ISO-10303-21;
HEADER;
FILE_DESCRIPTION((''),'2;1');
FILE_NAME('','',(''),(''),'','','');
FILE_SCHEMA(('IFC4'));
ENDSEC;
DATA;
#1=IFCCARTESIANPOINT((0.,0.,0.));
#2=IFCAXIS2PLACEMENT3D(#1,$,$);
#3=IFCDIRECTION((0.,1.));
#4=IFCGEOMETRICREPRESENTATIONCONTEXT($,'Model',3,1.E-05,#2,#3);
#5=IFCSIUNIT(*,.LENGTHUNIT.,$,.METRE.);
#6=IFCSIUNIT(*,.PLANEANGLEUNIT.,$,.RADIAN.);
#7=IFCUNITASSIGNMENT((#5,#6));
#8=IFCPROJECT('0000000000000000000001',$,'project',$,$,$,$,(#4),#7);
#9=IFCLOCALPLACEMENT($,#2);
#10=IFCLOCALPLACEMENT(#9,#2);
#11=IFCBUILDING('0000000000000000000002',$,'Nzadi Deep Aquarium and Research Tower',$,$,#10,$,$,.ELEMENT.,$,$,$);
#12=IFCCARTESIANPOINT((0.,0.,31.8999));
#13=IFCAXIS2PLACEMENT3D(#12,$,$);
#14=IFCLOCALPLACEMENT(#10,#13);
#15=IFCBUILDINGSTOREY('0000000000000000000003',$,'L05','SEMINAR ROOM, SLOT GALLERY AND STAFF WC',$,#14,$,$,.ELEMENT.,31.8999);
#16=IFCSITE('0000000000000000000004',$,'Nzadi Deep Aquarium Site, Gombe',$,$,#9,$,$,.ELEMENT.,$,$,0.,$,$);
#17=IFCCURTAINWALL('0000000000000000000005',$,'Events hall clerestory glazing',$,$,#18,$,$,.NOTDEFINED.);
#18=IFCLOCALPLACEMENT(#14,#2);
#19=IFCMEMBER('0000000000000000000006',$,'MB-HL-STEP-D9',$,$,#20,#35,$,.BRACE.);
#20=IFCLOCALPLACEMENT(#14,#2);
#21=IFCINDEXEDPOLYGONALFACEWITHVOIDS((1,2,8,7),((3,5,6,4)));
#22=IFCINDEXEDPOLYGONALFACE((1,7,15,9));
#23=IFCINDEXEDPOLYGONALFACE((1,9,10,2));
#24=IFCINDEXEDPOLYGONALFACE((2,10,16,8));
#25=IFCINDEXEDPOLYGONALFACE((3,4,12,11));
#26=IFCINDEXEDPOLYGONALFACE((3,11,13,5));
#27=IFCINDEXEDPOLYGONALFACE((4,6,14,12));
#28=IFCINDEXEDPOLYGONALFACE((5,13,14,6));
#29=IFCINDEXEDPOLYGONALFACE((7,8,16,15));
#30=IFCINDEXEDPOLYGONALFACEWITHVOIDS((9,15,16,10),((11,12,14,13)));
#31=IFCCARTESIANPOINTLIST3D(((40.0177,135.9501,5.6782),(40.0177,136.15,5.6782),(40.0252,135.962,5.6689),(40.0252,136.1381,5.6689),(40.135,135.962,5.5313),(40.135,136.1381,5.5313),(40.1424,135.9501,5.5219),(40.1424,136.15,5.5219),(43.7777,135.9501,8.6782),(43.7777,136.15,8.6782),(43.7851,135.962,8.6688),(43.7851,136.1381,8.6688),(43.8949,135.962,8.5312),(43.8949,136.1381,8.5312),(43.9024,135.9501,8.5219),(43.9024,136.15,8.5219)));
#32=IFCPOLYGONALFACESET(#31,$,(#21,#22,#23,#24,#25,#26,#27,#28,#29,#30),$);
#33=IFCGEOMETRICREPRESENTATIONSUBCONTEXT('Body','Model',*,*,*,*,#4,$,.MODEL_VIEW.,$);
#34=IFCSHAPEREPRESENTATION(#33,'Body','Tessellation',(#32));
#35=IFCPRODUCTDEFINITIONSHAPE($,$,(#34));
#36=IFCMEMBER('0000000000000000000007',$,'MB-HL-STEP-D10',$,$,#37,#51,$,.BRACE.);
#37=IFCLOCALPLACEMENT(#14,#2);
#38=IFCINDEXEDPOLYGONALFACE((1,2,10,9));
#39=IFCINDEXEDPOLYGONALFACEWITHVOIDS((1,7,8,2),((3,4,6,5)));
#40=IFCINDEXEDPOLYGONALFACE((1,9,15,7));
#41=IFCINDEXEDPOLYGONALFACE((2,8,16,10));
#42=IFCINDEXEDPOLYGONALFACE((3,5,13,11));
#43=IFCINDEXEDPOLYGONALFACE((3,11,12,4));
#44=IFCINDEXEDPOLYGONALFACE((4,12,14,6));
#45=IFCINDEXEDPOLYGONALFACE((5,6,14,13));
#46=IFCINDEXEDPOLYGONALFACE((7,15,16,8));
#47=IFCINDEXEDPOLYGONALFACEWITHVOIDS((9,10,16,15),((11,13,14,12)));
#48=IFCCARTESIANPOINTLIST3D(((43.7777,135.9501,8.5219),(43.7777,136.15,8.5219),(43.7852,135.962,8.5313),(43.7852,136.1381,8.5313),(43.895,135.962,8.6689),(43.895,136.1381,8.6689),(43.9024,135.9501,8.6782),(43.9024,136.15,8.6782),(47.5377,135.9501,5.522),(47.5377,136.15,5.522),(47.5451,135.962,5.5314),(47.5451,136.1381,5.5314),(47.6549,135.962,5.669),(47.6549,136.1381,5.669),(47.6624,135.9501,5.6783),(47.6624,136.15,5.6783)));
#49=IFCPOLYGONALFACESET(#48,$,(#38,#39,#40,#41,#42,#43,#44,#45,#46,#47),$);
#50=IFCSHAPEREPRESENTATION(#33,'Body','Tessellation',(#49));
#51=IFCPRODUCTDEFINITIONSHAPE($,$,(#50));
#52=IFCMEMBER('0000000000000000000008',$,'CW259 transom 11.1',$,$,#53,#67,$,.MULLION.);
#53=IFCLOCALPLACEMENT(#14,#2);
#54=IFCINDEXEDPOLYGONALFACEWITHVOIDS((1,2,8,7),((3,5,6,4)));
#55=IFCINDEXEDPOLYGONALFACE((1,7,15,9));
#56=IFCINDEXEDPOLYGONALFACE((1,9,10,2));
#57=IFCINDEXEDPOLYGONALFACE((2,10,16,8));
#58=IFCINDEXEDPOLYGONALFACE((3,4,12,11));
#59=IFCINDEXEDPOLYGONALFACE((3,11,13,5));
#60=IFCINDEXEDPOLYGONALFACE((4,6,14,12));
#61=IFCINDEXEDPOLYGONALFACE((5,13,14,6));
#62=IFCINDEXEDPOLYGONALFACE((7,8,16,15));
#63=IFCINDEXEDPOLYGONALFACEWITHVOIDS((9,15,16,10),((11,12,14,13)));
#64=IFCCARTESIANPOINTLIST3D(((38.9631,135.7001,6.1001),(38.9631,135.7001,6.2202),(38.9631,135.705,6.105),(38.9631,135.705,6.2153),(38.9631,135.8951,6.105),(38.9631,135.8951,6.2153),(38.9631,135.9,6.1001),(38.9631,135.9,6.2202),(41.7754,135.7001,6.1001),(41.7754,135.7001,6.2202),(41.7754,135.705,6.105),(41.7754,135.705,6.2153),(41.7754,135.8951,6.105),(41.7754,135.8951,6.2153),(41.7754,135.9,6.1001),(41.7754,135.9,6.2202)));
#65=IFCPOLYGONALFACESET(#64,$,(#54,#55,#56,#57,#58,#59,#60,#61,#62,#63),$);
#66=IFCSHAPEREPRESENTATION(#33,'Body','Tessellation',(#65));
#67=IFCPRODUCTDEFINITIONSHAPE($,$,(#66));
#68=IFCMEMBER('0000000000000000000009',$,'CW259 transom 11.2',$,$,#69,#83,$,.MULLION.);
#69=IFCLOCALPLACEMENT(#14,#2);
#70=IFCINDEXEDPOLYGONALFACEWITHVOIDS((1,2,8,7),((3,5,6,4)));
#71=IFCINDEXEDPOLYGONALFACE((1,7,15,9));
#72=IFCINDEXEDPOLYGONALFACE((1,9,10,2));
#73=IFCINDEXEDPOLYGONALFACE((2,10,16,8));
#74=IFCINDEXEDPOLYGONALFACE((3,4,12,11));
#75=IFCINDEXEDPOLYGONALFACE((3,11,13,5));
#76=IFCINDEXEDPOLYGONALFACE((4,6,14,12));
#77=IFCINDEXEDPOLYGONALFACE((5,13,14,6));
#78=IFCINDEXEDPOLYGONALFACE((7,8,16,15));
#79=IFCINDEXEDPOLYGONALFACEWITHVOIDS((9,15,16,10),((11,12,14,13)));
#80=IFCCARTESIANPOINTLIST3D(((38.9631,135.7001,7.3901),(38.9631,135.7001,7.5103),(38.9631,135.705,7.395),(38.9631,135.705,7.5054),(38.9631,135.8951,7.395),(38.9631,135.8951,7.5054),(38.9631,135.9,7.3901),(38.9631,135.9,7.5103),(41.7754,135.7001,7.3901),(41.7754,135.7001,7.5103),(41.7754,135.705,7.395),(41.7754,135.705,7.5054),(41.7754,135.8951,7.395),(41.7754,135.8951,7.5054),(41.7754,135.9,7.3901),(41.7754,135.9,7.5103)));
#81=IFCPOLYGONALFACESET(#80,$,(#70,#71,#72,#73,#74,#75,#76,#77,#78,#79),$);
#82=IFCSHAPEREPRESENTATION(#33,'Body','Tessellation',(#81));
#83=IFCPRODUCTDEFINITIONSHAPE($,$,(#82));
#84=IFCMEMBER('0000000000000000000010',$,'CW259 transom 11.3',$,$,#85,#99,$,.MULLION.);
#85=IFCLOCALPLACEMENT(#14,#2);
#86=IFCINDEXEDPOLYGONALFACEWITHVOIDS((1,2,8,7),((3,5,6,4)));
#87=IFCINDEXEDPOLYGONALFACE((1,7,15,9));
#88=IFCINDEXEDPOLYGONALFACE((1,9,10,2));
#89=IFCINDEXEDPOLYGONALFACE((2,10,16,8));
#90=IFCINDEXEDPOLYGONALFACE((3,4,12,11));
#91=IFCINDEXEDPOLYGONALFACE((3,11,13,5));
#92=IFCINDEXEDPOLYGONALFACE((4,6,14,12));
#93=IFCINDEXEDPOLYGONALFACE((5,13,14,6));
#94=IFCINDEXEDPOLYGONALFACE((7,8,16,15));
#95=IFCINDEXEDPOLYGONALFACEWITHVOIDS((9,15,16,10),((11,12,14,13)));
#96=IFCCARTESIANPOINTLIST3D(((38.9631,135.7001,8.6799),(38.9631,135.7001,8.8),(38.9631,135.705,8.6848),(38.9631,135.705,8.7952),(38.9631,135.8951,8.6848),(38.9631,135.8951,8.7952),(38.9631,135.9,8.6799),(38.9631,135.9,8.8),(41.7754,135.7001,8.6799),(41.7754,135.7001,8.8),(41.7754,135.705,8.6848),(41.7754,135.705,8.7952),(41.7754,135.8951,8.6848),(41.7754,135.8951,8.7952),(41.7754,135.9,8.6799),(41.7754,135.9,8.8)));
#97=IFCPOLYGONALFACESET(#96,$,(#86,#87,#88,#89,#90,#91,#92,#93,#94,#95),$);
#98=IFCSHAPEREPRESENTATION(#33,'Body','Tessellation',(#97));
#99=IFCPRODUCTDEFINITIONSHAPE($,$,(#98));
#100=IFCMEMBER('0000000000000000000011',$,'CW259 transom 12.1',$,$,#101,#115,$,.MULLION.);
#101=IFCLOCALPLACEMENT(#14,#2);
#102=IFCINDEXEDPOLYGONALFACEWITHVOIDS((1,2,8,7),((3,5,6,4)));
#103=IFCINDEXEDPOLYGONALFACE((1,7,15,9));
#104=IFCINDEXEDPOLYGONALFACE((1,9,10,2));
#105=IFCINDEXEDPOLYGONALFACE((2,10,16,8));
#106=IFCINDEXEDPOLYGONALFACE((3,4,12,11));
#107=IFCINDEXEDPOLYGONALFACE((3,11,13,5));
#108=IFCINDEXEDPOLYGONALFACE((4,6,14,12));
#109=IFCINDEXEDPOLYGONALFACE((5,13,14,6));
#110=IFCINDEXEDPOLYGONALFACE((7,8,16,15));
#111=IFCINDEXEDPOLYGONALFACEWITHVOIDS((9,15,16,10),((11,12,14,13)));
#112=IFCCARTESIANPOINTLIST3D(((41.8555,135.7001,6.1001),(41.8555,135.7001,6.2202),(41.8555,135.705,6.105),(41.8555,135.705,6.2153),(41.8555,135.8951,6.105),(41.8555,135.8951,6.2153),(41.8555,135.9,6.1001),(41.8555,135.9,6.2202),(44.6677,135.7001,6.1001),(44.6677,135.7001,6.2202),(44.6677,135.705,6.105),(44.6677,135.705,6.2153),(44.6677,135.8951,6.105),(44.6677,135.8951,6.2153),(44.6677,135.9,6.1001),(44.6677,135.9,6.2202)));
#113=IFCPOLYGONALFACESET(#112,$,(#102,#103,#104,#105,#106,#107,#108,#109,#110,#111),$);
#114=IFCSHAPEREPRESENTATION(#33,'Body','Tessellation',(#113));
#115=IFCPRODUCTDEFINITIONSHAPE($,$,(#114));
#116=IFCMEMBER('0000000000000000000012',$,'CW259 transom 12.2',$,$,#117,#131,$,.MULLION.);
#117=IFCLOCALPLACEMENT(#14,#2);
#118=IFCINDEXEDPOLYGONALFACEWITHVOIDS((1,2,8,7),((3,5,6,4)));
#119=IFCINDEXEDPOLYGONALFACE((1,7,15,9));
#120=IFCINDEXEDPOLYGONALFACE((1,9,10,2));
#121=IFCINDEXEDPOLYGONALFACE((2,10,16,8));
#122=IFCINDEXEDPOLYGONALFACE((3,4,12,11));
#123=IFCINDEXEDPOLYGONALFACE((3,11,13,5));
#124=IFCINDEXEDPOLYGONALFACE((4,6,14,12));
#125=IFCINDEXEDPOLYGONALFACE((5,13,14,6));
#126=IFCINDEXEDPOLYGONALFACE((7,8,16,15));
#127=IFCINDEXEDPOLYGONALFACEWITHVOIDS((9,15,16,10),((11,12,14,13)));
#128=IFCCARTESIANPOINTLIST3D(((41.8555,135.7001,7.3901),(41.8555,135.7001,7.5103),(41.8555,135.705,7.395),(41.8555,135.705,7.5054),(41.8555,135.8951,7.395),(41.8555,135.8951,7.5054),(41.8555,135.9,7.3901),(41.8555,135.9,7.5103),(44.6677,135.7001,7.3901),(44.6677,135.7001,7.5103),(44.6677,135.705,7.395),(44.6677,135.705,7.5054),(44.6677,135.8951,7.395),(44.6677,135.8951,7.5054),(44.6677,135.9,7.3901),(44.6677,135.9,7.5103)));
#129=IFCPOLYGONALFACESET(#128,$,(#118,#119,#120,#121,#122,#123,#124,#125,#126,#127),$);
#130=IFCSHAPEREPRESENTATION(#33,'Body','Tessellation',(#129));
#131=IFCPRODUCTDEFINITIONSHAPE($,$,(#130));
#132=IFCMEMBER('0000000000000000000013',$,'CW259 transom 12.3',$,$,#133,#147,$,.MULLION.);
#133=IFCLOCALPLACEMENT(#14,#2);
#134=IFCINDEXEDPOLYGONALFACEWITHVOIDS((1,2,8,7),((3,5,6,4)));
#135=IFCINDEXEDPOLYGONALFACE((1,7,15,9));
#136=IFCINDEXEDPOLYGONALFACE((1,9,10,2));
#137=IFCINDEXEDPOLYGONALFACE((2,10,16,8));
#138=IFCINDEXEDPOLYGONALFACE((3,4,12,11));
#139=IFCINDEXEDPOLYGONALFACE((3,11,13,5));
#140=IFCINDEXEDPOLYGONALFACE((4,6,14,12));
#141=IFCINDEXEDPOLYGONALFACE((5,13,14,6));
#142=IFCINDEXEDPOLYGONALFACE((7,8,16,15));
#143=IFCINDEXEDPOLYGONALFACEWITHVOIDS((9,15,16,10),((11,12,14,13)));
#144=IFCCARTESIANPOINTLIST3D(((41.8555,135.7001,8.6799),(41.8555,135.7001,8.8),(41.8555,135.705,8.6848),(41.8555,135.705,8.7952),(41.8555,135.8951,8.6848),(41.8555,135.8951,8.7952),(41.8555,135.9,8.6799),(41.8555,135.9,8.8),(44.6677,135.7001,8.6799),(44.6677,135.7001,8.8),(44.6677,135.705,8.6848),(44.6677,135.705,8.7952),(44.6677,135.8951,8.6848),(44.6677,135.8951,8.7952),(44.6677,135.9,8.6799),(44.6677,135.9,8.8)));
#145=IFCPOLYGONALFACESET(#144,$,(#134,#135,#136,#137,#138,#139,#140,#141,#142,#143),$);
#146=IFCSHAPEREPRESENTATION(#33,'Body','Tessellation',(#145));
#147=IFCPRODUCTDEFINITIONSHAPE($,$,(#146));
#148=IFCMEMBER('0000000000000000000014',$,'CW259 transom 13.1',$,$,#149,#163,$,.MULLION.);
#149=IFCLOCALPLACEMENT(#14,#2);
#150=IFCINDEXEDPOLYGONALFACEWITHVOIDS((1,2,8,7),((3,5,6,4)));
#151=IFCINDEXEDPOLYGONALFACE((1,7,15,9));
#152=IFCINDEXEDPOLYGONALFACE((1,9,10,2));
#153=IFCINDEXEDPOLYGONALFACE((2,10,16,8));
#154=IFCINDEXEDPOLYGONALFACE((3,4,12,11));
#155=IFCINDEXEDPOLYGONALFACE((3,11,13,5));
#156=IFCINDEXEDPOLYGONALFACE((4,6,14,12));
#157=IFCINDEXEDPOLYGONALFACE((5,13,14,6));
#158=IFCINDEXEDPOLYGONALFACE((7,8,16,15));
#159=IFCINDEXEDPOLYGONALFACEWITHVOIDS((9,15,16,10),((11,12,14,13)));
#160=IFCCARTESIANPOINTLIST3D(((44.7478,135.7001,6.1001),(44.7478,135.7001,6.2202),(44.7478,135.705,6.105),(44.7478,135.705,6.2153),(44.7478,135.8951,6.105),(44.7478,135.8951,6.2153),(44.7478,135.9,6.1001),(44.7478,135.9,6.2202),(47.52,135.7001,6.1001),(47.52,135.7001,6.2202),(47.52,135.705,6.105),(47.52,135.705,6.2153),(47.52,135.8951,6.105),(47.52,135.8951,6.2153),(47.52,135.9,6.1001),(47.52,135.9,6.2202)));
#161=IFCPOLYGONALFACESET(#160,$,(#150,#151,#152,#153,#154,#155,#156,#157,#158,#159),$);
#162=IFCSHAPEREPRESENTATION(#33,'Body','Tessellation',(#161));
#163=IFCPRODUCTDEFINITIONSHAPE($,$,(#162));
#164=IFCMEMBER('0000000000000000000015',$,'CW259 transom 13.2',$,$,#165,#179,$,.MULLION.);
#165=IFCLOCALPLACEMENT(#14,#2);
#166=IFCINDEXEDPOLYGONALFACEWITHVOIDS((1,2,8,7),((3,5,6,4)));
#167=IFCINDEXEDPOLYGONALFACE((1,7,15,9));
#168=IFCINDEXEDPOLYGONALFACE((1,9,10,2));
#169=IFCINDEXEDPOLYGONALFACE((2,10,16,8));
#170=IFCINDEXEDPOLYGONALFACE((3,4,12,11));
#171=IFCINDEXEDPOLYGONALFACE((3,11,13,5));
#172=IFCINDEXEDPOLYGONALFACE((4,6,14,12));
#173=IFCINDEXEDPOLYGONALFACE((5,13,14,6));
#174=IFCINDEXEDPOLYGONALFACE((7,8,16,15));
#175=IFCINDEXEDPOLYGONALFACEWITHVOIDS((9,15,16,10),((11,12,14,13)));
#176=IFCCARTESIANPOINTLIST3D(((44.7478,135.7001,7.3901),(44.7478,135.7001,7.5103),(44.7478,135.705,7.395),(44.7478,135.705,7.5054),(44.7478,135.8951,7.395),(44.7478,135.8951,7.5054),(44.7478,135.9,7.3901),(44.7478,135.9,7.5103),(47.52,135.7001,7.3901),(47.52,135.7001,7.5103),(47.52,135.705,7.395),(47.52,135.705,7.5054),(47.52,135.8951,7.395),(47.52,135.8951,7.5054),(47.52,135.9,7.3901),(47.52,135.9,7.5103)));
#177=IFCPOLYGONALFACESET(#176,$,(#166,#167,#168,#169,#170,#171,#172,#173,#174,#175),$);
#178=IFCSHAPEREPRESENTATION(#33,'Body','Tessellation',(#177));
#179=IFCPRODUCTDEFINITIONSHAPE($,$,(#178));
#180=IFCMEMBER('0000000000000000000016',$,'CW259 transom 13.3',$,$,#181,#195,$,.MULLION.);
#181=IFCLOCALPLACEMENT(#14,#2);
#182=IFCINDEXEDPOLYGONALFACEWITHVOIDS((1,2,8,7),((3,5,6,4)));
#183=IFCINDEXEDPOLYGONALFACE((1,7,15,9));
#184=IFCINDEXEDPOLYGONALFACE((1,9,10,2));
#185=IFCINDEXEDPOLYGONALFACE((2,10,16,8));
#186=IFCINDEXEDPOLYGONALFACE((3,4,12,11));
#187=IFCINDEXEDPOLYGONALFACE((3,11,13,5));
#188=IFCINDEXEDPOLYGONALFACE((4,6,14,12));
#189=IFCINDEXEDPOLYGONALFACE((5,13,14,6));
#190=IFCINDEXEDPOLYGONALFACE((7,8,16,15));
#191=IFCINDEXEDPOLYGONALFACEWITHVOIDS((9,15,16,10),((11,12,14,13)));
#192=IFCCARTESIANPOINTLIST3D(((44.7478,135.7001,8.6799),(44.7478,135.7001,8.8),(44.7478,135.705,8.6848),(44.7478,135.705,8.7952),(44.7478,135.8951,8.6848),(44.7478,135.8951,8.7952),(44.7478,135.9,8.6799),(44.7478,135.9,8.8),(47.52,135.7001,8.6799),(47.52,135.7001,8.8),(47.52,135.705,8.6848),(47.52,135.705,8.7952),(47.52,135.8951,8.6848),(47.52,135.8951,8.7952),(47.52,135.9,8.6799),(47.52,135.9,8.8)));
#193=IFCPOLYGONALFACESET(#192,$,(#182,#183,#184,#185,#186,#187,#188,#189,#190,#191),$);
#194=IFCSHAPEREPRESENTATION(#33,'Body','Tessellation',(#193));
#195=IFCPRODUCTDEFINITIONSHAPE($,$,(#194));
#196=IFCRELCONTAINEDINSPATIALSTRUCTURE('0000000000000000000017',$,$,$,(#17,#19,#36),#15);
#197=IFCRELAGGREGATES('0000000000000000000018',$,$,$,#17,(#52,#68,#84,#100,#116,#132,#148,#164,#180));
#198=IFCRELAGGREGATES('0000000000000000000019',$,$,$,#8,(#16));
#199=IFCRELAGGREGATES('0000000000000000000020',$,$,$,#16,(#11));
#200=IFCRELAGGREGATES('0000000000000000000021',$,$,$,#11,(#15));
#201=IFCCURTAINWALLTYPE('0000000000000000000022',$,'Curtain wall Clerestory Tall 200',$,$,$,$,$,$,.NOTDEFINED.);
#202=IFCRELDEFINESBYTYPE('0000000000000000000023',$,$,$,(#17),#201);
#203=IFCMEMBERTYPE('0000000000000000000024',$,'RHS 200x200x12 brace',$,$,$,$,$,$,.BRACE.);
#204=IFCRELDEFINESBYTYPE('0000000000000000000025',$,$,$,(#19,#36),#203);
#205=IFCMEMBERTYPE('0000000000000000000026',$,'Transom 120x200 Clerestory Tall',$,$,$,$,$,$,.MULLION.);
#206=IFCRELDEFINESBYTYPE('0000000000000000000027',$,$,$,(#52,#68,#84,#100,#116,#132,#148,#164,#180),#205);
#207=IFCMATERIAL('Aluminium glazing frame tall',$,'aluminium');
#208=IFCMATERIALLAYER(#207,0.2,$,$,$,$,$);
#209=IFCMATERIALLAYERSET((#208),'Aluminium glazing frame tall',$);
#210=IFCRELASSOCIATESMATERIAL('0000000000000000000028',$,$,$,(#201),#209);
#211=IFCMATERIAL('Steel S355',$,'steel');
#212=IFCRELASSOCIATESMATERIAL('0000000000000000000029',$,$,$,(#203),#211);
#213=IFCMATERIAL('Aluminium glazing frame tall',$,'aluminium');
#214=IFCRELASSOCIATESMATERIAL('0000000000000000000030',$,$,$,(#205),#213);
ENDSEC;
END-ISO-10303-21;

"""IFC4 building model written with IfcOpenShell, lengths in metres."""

from ifc_helpers import new_model, si_unit, direction, frame, origin, origin_2d, place, context, subcontext, project, spatial, hollow_rectangle, extrude, material, layer, layer_set, material_profile, profile_set, type_object, element, aggregate, save


model = new_model("IFC4")

# Units and contexts
model_context = context("Model", 3, precision=1e-05, world=origin(), true_north=direction((0.0, 1.0)))
body_context = subcontext(model_context, "Body", "Model", "MODEL_VIEW")
ifc_project = project(units=[si_unit("LENGTHUNIT", "METRE"), si_unit("PLANEANGLEUNIT", "RADIAN")], contexts=[model_context])

# Site, building, storey
site_placement = place(None, origin())
site = spatial("IfcSite", under=ifc_project, at=site_placement, Name="Nzadi Deep Aquarium Site, Gombe", CompositionType="ELEMENT", RefElevation=0.0)
building_placement = place(site_placement, origin())
building = spatial("IfcBuilding", under=site, at=building_placement, Name="Nzadi Deep Aquarium and Research Tower", CompositionType="ELEMENT")
storey_placement = place(building_placement, frame((0.0, 0.0, 31.8999)))
storey = spatial("IfcBuildingStorey", under=building, at=storey_placement, Name="L05", Description="SEMINAR ROOM, SLOT GALLERY AND STAFF WC", CompositionType="ELEMENT", Elevation=31.8999)

# Curtain wall
ifc_material_1 = material(Name="Aluminium glazing frame tall", Category="aluminium")
ifc_layer_1 = layer(ifc_material_1, 0.2)
ifc_layer_set_1 = layer_set([ifc_layer_1], Name="Aluminium glazing frame tall")
curtain_wall_type = type_object("IfcCurtainWallType", Name="Curtain wall Clerestory Tall 200", PredefinedType="NOTDEFINED", material=ifc_layer_set_1)
curtain_wall_placement = place(storey_placement, origin())
curtain_wall = element("IfcCurtainWall", 1, at=curtain_wall_placement, inside=storey, type_object=curtain_wall_type, Name="Events hall clerestory glazing", PredefinedType="NOTDEFINED")

# Members
ifc_material_2 = material(Name="Steel S355", Category="steel")
ifc_material_profile_1 = material_profile(ifc_material_2, hollow_rectangle(XDim=0.2, YDim=0.2, WallThickness=0.012, at=origin_2d()))
ifc_profile_set_1 = profile_set([ifc_material_profile_1], Name="Steel S355")
member_type_1 = type_object("IfcMemberType", Name="RHS 200x200x12 brace", PredefinedType="BRACE", material=ifc_profile_set_1)
for number, where, z_axis, x_axis, name in (
    (2, (40.0801, 136.05, 5.6001), (0.78168, 0.0, 0.623679), (0.0, 1.0, 0.0), "MB-HL-STEP-D9"),
    (3, (43.8401, 136.05, 8.6001), (0.78168, 0.0, -0.623679), (0.0, 1.0, 0.0), "MB-HL-STEP-D10"),
):
    element("IfcMember", number, at=place(storey_placement, frame(where, z_axis=z_axis, x_axis=x_axis)), inside=storey, type_object=member_type_1, Name=name, PredefinedType="BRACE", context=body_context, shape_type="SweptSolid", body=[
        extrude(hollow_rectangle(XDim=0.2, YDim=0.2, WallThickness=0.012, at=origin_2d()), origin(), (0.0, 0.0, 1.0), 4.8101),
    ])

# Members
ifc_material_3 = material(Name="Aluminium glazing frame tall", Category="aluminium")
ifc_material_profile_2 = material_profile(ifc_material_3, hollow_rectangle(XDim=0.2, YDim=0.1201, WallThickness=0.0049, at=origin_2d()))
ifc_profile_set_2 = profile_set([ifc_material_profile_2], Name="Aluminium glazing frame tall")
member_type_2 = type_object("IfcMemberType", Name="Transom 120x200 Clerestory Tall", PredefinedType="MULLION", material=ifc_profile_set_2)
member_1_placement = place(storey_placement, frame((38.9631, 135.8, 6.1602), z_axis=(1.0, 0.0, 0.0), x_axis=(0.0, 1.0, 0.0)))
member_1 = element("IfcMember", 4, at=member_1_placement, type_object=member_type_2, Name="CW259 transom 11.1", PredefinedType="MULLION", context=body_context, shape_type="SweptSolid", body=[
    extrude(hollow_rectangle(XDim=0.2, YDim=0.1201, WallThickness=0.0049, at=origin_2d()), origin(), (0.0, 0.0, 1.0), 2.8123),
])
member_2_placement = place(storey_placement, frame((38.9631, 135.8, 7.4502), z_axis=(1.0, 0.0, 0.0), x_axis=(0.0, 1.0, 0.0)))
member_2 = element("IfcMember", 5, at=member_2_placement, type_object=member_type_2, Name="CW259 transom 11.2", PredefinedType="MULLION", context=body_context, shape_type="SweptSolid", body=[
    extrude(hollow_rectangle(XDim=0.2, YDim=0.1201, WallThickness=0.0049, at=origin_2d()), origin(), (0.0, 0.0, 1.0), 2.8123),
])
member_3_placement = place(storey_placement, frame((38.9631, 135.8, 8.74), z_axis=(1.0, 0.0, 0.0), x_axis=(0.0, 1.0, 0.0)))
member_3 = element("IfcMember", 6, at=member_3_placement, type_object=member_type_2, Name="CW259 transom 11.3", PredefinedType="MULLION", context=body_context, shape_type="SweptSolid", body=[
    extrude(hollow_rectangle(XDim=0.2, YDim=0.1201, WallThickness=0.0049, at=origin_2d()), origin(), (0.0, 0.0, 1.0), 2.8123),
])
member_4_placement = place(storey_placement, frame((41.8555, 135.8, 6.1602), z_axis=(1.0, 0.0, 0.0), x_axis=(0.0, 1.0, 0.0)))
member_4 = element("IfcMember", 7, at=member_4_placement, type_object=member_type_2, Name="CW259 transom 12.1", PredefinedType="MULLION", context=body_context, shape_type="SweptSolid", body=[
    extrude(hollow_rectangle(XDim=0.2, YDim=0.1201, WallThickness=0.0049, at=origin_2d()), origin(), (0.0, 0.0, 1.0), 2.8123),
])
member_5_placement = place(storey_placement, frame((41.8555, 135.8, 7.4502), z_axis=(1.0, 0.0, 0.0), x_axis=(0.0, 1.0, 0.0)))
member_5 = element("IfcMember", 8, at=member_5_placement, type_object=member_type_2, Name="CW259 transom 12.2", PredefinedType="MULLION", context=body_context, shape_type="SweptSolid", body=[
    extrude(hollow_rectangle(XDim=0.2, YDim=0.1201, WallThickness=0.0049, at=origin_2d()), origin(), (0.0, 0.0, 1.0), 2.8123),
])
member_6_placement = place(storey_placement, frame((41.8555, 135.8, 8.74), z_axis=(1.0, 0.0, 0.0), x_axis=(0.0, 1.0, 0.0)))
member_6 = element("IfcMember", 9, at=member_6_placement, type_object=member_type_2, Name="CW259 transom 12.3", PredefinedType="MULLION", context=body_context, shape_type="SweptSolid", body=[
    extrude(hollow_rectangle(XDim=0.2, YDim=0.1201, WallThickness=0.0049, at=origin_2d()), origin(), (0.0, 0.0, 1.0), 2.8123),
])
member_7_placement = place(storey_placement, frame((44.7478, 135.8, 6.1602), z_axis=(1.0, 0.0, 0.0), x_axis=(0.0, 1.0, 0.0)))
member_7 = element("IfcMember", 10, at=member_7_placement, type_object=member_type_2, Name="CW259 transom 13.1", PredefinedType="MULLION", context=body_context, shape_type="SweptSolid", body=[
    extrude(hollow_rectangle(XDim=0.2, YDim=0.1201, WallThickness=0.0049, at=origin_2d()), origin(), (0.0, 0.0, 1.0), 2.7722),
])
member_8_placement = place(storey_placement, frame((44.7478, 135.8, 7.4502), z_axis=(1.0, 0.0, 0.0), x_axis=(0.0, 1.0, 0.0)))
member_8 = element("IfcMember", 11, at=member_8_placement, type_object=member_type_2, Name="CW259 transom 13.2", PredefinedType="MULLION", context=body_context, shape_type="SweptSolid", body=[
    extrude(hollow_rectangle(XDim=0.2, YDim=0.1201, WallThickness=0.0049, at=origin_2d()), origin(), (0.0, 0.0, 1.0), 2.7722),
])
member_9_placement = place(storey_placement, frame((44.7478, 135.8, 8.74), z_axis=(1.0, 0.0, 0.0), x_axis=(0.0, 1.0, 0.0)))
member_9 = element("IfcMember", 12, at=member_9_placement, type_object=member_type_2, Name="CW259 transom 13.3", PredefinedType="MULLION", context=body_context, shape_type="SweptSolid", body=[
    extrude(hollow_rectangle(XDim=0.2, YDim=0.1201, WallThickness=0.0049, at=origin_2d()), origin(), (0.0, 0.0, 1.0), 2.7722),
])

aggregate(curtain_wall, [member_1, member_2, member_3, member_4, member_5, member_6, member_7, member_8, member_9])

save(model, "model.ifc")
